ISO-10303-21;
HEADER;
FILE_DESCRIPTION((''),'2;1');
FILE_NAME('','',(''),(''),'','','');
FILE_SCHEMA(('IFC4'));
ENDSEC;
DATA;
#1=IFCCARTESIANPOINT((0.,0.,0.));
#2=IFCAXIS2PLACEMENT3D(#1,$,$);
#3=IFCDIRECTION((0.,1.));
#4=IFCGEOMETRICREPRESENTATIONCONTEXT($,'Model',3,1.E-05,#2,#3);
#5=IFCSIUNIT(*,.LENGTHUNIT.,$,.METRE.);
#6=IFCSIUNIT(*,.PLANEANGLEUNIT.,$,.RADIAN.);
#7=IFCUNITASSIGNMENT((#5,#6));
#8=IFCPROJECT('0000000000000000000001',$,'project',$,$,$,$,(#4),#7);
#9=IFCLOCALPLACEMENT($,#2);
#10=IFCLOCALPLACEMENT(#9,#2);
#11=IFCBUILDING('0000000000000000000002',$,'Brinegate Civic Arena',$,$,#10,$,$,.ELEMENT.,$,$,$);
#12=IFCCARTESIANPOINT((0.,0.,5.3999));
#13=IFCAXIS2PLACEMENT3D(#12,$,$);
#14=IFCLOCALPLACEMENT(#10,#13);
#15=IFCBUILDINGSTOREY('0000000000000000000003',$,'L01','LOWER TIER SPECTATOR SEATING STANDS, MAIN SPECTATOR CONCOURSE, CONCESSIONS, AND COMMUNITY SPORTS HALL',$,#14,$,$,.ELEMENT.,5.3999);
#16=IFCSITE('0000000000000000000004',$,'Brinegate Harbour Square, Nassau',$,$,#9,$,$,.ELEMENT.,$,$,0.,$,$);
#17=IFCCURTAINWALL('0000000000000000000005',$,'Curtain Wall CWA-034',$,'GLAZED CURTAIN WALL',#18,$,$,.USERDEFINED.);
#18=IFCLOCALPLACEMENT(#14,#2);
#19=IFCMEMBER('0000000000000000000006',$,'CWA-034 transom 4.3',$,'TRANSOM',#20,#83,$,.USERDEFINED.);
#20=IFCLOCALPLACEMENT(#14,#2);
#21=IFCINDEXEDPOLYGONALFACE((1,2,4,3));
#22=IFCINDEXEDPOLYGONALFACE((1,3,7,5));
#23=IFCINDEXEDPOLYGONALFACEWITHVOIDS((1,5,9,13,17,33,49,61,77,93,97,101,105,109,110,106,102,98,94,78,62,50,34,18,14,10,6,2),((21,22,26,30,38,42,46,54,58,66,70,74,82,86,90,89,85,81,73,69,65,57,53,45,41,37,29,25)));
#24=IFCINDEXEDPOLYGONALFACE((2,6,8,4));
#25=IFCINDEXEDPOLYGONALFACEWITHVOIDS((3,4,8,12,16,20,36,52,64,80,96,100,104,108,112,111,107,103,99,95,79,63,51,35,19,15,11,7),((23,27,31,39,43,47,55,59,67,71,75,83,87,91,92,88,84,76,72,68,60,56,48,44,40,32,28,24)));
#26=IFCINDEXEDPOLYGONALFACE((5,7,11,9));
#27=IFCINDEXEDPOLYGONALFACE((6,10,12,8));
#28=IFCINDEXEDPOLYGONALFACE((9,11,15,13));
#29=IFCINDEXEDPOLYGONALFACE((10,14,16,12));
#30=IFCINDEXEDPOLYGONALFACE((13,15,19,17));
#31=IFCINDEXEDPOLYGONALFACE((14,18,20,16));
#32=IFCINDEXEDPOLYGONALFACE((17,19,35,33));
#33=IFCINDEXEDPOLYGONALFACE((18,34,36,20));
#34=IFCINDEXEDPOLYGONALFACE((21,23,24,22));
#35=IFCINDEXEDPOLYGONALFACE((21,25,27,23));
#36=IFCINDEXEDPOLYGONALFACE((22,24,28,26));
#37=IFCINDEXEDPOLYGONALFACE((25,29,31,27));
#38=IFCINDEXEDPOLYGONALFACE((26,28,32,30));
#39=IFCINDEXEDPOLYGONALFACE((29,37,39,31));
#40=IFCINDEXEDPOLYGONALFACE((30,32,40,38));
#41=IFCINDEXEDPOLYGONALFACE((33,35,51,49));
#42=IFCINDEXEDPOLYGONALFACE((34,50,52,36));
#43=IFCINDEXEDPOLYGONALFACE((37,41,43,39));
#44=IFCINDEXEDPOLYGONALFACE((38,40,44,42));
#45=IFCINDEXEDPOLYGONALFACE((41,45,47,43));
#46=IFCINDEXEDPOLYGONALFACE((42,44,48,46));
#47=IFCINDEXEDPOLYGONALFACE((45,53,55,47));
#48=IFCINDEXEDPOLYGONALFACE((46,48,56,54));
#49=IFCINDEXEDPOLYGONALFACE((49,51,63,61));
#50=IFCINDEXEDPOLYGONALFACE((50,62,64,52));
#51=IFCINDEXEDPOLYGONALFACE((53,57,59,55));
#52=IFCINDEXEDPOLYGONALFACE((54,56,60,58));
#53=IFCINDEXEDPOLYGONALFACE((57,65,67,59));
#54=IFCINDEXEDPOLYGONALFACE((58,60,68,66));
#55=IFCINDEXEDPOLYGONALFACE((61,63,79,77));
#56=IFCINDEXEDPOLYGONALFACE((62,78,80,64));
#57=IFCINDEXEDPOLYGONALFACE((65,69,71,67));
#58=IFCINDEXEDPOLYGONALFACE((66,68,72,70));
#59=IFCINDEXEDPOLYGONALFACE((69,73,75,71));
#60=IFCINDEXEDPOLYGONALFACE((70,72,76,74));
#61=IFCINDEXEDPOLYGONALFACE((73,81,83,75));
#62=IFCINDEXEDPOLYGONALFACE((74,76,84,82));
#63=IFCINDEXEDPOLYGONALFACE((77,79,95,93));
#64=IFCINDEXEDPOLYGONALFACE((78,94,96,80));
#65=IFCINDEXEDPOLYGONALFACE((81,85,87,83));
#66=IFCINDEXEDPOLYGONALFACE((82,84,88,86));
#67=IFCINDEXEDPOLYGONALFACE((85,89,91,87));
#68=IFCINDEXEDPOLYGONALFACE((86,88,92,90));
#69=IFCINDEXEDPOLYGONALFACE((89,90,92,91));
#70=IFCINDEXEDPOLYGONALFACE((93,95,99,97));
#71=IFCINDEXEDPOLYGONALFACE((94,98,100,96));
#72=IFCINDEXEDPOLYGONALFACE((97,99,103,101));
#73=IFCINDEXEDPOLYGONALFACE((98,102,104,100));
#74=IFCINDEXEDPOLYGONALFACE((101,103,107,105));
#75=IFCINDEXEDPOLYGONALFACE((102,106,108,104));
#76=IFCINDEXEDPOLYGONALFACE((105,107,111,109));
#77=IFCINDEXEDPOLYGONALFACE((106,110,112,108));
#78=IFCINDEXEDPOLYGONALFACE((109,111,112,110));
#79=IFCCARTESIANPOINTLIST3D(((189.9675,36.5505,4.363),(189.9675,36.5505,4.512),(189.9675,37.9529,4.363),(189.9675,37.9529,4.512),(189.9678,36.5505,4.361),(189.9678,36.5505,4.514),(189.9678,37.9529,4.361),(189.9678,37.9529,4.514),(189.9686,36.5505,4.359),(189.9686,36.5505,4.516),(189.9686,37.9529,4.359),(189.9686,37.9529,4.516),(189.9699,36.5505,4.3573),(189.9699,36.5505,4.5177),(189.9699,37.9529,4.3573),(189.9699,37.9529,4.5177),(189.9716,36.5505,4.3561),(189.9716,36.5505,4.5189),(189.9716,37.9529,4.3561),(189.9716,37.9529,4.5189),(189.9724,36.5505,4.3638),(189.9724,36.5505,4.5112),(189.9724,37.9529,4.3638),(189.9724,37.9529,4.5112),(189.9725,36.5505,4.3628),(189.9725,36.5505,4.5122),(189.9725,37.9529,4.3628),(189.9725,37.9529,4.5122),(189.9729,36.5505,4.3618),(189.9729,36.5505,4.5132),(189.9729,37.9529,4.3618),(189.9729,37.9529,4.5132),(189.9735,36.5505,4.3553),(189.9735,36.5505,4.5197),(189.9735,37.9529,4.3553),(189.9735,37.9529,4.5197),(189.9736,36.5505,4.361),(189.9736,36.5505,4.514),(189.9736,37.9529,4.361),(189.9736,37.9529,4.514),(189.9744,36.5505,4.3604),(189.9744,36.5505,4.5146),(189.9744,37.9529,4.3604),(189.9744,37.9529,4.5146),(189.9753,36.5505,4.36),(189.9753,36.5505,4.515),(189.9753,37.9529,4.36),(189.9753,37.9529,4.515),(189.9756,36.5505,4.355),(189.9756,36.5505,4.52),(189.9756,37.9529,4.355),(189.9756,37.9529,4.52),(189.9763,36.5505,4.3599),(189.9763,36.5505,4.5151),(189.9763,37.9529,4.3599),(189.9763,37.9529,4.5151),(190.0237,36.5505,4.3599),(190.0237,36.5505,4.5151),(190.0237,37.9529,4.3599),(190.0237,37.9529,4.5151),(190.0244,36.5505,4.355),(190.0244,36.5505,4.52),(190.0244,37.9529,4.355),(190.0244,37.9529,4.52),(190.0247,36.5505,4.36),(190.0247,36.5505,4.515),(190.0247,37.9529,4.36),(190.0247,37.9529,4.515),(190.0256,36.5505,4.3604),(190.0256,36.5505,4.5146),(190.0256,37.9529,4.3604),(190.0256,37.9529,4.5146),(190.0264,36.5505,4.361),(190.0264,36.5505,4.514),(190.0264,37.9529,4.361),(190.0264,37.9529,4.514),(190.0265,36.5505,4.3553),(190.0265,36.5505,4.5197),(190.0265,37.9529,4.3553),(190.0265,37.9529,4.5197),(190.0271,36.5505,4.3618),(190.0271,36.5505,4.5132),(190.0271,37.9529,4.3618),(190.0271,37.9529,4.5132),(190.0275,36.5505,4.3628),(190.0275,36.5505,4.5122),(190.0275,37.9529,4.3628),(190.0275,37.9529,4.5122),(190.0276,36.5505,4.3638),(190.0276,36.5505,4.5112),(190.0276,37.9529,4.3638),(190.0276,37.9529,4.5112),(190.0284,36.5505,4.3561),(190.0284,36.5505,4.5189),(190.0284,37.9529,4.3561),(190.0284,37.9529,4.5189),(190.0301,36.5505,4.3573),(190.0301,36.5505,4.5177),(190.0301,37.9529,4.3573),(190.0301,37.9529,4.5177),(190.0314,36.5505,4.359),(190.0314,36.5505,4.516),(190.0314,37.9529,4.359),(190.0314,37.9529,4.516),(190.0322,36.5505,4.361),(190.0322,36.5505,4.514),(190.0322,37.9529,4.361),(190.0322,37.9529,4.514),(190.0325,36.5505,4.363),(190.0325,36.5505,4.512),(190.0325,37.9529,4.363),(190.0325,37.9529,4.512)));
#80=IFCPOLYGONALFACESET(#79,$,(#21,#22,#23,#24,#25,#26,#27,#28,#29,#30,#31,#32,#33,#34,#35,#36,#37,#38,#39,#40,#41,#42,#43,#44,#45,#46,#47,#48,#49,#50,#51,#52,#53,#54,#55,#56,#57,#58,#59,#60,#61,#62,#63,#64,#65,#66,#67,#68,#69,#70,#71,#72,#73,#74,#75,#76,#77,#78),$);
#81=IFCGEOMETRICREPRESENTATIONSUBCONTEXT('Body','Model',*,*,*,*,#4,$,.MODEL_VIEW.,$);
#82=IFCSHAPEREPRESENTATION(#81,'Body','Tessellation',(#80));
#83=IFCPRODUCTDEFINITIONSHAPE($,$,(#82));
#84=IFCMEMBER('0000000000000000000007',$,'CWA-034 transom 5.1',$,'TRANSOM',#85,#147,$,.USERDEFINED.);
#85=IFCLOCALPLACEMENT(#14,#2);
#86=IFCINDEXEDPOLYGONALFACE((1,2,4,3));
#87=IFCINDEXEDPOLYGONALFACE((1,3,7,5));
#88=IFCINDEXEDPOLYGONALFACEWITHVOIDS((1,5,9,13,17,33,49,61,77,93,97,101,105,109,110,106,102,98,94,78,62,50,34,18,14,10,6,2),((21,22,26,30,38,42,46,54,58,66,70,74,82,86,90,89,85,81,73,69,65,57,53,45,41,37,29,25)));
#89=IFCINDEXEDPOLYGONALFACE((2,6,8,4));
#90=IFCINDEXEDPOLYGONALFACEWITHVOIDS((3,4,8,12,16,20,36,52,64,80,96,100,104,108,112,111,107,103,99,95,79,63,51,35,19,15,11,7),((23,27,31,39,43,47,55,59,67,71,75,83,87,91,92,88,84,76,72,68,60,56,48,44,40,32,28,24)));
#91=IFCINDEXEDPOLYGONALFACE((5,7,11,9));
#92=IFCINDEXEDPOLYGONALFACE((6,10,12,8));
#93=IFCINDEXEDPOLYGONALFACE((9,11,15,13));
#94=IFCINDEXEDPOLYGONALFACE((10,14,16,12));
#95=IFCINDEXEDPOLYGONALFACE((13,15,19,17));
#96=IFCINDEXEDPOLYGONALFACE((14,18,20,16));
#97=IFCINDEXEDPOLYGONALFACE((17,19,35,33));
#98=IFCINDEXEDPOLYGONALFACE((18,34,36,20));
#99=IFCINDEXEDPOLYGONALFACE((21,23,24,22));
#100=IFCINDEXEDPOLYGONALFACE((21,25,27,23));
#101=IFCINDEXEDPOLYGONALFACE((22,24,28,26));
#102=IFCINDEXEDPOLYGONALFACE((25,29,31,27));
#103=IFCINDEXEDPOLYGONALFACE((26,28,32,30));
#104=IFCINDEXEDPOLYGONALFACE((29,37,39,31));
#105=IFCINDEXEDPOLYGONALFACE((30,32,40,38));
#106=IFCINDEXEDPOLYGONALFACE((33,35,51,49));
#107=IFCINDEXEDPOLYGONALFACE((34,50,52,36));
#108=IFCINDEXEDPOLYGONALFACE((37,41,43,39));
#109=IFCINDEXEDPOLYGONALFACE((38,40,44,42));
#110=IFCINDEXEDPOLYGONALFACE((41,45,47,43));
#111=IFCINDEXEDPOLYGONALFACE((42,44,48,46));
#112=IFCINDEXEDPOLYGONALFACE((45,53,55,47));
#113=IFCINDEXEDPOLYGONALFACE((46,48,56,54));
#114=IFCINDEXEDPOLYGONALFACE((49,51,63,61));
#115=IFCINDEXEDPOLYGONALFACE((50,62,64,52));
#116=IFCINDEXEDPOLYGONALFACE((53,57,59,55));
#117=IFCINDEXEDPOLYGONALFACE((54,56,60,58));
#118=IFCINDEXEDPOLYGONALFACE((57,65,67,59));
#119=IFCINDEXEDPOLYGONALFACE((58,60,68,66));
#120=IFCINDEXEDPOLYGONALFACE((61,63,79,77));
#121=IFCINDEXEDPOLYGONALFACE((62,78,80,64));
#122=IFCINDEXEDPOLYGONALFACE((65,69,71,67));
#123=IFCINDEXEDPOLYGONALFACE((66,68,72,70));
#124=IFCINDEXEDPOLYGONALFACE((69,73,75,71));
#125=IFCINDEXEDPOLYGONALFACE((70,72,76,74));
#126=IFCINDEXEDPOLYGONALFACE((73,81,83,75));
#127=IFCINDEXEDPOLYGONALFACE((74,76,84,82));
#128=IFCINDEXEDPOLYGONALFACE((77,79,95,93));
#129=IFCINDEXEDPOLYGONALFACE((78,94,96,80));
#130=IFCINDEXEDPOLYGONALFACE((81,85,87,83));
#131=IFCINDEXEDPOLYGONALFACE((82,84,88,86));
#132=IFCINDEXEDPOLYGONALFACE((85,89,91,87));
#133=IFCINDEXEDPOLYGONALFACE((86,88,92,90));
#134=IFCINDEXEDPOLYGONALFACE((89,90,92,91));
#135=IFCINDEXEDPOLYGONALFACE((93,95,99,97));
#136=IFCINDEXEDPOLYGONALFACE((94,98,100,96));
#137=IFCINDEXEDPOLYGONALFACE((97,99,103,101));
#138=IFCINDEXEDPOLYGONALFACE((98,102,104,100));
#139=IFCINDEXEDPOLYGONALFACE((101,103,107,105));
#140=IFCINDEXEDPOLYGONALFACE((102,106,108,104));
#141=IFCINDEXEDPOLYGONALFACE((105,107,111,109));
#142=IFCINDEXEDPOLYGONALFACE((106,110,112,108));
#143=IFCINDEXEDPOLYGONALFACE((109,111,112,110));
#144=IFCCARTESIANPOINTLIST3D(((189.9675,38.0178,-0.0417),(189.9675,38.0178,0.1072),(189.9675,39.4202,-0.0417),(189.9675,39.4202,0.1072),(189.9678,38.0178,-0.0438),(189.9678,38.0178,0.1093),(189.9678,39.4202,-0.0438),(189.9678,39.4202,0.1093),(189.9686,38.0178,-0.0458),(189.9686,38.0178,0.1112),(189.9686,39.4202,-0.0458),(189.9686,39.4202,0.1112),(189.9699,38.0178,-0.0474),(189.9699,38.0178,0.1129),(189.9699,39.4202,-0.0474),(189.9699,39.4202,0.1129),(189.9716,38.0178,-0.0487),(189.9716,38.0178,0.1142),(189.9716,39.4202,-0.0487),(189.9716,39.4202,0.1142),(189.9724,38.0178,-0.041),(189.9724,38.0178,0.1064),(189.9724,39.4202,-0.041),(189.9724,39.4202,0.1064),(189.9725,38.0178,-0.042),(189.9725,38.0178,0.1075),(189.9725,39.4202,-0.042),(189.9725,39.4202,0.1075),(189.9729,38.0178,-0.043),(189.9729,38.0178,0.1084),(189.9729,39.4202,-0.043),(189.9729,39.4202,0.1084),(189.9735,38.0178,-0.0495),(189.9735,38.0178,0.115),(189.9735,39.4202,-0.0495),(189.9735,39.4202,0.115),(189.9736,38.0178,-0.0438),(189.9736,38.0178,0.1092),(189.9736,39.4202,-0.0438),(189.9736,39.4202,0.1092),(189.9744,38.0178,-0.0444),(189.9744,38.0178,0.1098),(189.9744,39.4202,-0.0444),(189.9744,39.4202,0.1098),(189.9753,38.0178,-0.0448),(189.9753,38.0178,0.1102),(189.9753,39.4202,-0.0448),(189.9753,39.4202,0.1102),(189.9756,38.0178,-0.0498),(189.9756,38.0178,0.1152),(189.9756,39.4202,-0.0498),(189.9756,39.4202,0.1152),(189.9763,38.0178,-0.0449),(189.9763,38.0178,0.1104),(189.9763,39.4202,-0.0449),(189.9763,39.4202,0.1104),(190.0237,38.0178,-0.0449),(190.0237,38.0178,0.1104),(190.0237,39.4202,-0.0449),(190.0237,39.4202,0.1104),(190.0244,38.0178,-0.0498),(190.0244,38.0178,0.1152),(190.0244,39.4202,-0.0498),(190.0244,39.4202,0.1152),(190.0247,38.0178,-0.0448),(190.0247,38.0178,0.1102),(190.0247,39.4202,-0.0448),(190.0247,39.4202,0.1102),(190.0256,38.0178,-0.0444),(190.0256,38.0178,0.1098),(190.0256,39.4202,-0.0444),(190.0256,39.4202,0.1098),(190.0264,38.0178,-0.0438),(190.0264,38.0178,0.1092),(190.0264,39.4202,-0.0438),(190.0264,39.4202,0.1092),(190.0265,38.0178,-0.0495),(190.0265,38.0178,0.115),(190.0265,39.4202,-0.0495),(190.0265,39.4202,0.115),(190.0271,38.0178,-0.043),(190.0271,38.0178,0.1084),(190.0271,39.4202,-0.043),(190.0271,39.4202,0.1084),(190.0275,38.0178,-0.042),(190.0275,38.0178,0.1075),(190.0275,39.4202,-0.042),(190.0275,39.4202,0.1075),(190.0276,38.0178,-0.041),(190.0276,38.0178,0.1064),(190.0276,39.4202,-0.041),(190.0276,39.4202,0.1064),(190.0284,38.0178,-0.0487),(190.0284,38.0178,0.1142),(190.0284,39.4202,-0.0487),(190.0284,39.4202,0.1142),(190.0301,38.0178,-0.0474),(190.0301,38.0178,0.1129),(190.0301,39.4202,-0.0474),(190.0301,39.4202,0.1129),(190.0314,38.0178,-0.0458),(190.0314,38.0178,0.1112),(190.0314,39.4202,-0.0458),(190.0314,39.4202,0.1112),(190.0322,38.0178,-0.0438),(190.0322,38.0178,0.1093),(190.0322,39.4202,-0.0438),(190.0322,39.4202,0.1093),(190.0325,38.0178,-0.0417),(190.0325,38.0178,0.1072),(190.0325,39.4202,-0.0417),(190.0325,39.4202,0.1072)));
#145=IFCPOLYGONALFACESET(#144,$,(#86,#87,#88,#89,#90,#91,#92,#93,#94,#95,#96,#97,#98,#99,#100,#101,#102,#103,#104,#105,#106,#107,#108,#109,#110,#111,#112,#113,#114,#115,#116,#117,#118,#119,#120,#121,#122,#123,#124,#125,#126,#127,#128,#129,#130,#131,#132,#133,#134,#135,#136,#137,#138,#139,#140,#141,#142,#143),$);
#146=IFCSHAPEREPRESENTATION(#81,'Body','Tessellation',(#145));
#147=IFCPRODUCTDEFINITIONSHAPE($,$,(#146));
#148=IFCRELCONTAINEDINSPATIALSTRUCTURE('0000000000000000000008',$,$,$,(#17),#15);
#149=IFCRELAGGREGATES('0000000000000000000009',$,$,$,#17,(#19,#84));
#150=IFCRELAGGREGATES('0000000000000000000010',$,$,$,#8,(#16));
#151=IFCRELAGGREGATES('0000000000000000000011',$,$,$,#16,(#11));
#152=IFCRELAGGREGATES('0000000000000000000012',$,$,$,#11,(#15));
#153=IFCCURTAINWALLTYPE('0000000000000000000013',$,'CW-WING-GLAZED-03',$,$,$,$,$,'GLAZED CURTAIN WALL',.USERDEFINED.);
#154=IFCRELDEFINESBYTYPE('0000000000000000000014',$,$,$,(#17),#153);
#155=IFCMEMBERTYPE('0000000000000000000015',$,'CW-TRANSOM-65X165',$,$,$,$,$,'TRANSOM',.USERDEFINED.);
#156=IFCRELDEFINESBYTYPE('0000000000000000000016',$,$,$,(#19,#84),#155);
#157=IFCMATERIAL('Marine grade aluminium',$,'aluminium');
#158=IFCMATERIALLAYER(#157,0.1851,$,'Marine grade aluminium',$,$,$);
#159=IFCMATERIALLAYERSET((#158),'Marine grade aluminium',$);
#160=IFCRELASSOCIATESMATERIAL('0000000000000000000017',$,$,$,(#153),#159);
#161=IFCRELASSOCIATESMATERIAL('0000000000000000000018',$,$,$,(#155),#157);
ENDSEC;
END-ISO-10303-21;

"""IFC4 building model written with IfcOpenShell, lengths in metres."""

from ifc_helpers import new_model, si_unit, direction, frame, origin, origin_2d, place, context, subcontext, project, spatial, hollow_rectangle, extrude, material, layer, layer_set, material_profile, profile_set, type_object, element, aggregate, save


model = new_model("IFC4")

# Units and contexts
model_context = context("Model", 3, precision=1e-05, world=origin(), true_north=direction((0.0, 1.0)))
body_context = subcontext(model_context, "Body", "Model", "MODEL_VIEW")
ifc_project = project(units=[si_unit("LENGTHUNIT", "METRE"), si_unit("PLANEANGLEUNIT", "RADIAN")], contexts=[model_context])

# Site, building, storey
site_placement = place(None, origin())
site = spatial("IfcSite", under=ifc_project, at=site_placement, Name="Brinegate Harbour Square, Nassau", CompositionType="ELEMENT", RefElevation=0.0)
building_placement = place(site_placement, origin())
building = spatial("IfcBuilding", under=site, at=building_placement, Name="Brinegate Civic Arena", CompositionType="ELEMENT")
storey_placement = place(building_placement, frame((0.0, 0.0, 5.3999)))
storey = spatial("IfcBuildingStorey", under=building, at=storey_placement, Name="L01", Description="LOWER TIER SPECTATOR SEATING STANDS, MAIN SPECTATOR CONCOURSE, CONCESSIONS, AND COMMUNITY SPORTS HALL", CompositionType="ELEMENT", Elevation=5.3999)

# Curtain wall, members
ifc_material_1 = material(Name="Marine grade aluminium", Category="aluminium")
ifc_layer_1 = layer(ifc_material_1, 0.1851, Name="Marine grade aluminium")
ifc_layer_set_1 = layer_set([ifc_layer_1], Name="Marine grade aluminium")
curtain_wall_type = type_object("IfcCurtainWallType", Name="CW-WING-GLAZED-03", ElementType="GLAZED CURTAIN WALL", PredefinedType="USERDEFINED", material=ifc_layer_set_1)
curtain_wall_placement = place(storey_placement, origin())
curtain_wall = element("IfcCurtainWall", 1, at=curtain_wall_placement, inside=storey, type_object=curtain_wall_type, Name="Curtain Wall CWA-034", ObjectType="GLAZED CURTAIN WALL", PredefinedType="USERDEFINED")
ifc_material_profile_1 = material_profile(ifc_material_1, hollow_rectangle(XDim=0.0649, YDim=0.165, WallThickness=0.0049, InnerFilletRadius=0.0039, OuterFilletRadius=0.0081, at=origin_2d()), Name="TRN65X165")
ifc_profile_set_1 = profile_set([ifc_material_profile_1], Name="Marine grade aluminium")
member_type_1 = type_object("IfcMemberType", Name="CW-TRANSOM-65X165", ElementType="TRANSOM", PredefinedType="USERDEFINED", material=ifc_profile_set_1)
member_1_placement = place(storey_placement, frame((190.0, 36.5505, 4.4375), z_axis=(0.0, 1.0, 0.0), x_axis=(-1.0, 0.0, 0.0)))
member_1 = element("IfcMember", 2, at=member_1_placement, type_object=member_type_1, Name="CWA-034 transom 4.3", ObjectType="TRANSOM", PredefinedType="USERDEFINED", context=body_context, shape_type="SweptSolid", body=[
    extrude(hollow_rectangle(XDim=0.0649, YDim=0.165, WallThickness=0.0049, InnerFilletRadius=0.0039, OuterFilletRadius=0.0081, at=origin_2d()), origin(), (0.0, 0.0, 1.0), 1.4023),
])
member_2_placement = place(storey_placement, frame((190.0, 38.0178, 0.0327), z_axis=(0.0, 1.0, 0.0), x_axis=(-1.0, 0.0, 0.0)))
member_2 = element("IfcMember", 3, at=member_2_placement, type_object=member_type_1, Name="CWA-034 transom 5.1", ObjectType="TRANSOM", PredefinedType="USERDEFINED", context=body_context, shape_type="SweptSolid", body=[
    extrude(hollow_rectangle(XDim=0.0649, YDim=0.165, WallThickness=0.0049, InnerFilletRadius=0.0039, OuterFilletRadius=0.0081, at=origin_2d()), origin(), (0.0, 0.0, 1.0), 1.4023),
])
aggregate(curtain_wall, [member_1, member_2])

save(model, "model.ifc")
